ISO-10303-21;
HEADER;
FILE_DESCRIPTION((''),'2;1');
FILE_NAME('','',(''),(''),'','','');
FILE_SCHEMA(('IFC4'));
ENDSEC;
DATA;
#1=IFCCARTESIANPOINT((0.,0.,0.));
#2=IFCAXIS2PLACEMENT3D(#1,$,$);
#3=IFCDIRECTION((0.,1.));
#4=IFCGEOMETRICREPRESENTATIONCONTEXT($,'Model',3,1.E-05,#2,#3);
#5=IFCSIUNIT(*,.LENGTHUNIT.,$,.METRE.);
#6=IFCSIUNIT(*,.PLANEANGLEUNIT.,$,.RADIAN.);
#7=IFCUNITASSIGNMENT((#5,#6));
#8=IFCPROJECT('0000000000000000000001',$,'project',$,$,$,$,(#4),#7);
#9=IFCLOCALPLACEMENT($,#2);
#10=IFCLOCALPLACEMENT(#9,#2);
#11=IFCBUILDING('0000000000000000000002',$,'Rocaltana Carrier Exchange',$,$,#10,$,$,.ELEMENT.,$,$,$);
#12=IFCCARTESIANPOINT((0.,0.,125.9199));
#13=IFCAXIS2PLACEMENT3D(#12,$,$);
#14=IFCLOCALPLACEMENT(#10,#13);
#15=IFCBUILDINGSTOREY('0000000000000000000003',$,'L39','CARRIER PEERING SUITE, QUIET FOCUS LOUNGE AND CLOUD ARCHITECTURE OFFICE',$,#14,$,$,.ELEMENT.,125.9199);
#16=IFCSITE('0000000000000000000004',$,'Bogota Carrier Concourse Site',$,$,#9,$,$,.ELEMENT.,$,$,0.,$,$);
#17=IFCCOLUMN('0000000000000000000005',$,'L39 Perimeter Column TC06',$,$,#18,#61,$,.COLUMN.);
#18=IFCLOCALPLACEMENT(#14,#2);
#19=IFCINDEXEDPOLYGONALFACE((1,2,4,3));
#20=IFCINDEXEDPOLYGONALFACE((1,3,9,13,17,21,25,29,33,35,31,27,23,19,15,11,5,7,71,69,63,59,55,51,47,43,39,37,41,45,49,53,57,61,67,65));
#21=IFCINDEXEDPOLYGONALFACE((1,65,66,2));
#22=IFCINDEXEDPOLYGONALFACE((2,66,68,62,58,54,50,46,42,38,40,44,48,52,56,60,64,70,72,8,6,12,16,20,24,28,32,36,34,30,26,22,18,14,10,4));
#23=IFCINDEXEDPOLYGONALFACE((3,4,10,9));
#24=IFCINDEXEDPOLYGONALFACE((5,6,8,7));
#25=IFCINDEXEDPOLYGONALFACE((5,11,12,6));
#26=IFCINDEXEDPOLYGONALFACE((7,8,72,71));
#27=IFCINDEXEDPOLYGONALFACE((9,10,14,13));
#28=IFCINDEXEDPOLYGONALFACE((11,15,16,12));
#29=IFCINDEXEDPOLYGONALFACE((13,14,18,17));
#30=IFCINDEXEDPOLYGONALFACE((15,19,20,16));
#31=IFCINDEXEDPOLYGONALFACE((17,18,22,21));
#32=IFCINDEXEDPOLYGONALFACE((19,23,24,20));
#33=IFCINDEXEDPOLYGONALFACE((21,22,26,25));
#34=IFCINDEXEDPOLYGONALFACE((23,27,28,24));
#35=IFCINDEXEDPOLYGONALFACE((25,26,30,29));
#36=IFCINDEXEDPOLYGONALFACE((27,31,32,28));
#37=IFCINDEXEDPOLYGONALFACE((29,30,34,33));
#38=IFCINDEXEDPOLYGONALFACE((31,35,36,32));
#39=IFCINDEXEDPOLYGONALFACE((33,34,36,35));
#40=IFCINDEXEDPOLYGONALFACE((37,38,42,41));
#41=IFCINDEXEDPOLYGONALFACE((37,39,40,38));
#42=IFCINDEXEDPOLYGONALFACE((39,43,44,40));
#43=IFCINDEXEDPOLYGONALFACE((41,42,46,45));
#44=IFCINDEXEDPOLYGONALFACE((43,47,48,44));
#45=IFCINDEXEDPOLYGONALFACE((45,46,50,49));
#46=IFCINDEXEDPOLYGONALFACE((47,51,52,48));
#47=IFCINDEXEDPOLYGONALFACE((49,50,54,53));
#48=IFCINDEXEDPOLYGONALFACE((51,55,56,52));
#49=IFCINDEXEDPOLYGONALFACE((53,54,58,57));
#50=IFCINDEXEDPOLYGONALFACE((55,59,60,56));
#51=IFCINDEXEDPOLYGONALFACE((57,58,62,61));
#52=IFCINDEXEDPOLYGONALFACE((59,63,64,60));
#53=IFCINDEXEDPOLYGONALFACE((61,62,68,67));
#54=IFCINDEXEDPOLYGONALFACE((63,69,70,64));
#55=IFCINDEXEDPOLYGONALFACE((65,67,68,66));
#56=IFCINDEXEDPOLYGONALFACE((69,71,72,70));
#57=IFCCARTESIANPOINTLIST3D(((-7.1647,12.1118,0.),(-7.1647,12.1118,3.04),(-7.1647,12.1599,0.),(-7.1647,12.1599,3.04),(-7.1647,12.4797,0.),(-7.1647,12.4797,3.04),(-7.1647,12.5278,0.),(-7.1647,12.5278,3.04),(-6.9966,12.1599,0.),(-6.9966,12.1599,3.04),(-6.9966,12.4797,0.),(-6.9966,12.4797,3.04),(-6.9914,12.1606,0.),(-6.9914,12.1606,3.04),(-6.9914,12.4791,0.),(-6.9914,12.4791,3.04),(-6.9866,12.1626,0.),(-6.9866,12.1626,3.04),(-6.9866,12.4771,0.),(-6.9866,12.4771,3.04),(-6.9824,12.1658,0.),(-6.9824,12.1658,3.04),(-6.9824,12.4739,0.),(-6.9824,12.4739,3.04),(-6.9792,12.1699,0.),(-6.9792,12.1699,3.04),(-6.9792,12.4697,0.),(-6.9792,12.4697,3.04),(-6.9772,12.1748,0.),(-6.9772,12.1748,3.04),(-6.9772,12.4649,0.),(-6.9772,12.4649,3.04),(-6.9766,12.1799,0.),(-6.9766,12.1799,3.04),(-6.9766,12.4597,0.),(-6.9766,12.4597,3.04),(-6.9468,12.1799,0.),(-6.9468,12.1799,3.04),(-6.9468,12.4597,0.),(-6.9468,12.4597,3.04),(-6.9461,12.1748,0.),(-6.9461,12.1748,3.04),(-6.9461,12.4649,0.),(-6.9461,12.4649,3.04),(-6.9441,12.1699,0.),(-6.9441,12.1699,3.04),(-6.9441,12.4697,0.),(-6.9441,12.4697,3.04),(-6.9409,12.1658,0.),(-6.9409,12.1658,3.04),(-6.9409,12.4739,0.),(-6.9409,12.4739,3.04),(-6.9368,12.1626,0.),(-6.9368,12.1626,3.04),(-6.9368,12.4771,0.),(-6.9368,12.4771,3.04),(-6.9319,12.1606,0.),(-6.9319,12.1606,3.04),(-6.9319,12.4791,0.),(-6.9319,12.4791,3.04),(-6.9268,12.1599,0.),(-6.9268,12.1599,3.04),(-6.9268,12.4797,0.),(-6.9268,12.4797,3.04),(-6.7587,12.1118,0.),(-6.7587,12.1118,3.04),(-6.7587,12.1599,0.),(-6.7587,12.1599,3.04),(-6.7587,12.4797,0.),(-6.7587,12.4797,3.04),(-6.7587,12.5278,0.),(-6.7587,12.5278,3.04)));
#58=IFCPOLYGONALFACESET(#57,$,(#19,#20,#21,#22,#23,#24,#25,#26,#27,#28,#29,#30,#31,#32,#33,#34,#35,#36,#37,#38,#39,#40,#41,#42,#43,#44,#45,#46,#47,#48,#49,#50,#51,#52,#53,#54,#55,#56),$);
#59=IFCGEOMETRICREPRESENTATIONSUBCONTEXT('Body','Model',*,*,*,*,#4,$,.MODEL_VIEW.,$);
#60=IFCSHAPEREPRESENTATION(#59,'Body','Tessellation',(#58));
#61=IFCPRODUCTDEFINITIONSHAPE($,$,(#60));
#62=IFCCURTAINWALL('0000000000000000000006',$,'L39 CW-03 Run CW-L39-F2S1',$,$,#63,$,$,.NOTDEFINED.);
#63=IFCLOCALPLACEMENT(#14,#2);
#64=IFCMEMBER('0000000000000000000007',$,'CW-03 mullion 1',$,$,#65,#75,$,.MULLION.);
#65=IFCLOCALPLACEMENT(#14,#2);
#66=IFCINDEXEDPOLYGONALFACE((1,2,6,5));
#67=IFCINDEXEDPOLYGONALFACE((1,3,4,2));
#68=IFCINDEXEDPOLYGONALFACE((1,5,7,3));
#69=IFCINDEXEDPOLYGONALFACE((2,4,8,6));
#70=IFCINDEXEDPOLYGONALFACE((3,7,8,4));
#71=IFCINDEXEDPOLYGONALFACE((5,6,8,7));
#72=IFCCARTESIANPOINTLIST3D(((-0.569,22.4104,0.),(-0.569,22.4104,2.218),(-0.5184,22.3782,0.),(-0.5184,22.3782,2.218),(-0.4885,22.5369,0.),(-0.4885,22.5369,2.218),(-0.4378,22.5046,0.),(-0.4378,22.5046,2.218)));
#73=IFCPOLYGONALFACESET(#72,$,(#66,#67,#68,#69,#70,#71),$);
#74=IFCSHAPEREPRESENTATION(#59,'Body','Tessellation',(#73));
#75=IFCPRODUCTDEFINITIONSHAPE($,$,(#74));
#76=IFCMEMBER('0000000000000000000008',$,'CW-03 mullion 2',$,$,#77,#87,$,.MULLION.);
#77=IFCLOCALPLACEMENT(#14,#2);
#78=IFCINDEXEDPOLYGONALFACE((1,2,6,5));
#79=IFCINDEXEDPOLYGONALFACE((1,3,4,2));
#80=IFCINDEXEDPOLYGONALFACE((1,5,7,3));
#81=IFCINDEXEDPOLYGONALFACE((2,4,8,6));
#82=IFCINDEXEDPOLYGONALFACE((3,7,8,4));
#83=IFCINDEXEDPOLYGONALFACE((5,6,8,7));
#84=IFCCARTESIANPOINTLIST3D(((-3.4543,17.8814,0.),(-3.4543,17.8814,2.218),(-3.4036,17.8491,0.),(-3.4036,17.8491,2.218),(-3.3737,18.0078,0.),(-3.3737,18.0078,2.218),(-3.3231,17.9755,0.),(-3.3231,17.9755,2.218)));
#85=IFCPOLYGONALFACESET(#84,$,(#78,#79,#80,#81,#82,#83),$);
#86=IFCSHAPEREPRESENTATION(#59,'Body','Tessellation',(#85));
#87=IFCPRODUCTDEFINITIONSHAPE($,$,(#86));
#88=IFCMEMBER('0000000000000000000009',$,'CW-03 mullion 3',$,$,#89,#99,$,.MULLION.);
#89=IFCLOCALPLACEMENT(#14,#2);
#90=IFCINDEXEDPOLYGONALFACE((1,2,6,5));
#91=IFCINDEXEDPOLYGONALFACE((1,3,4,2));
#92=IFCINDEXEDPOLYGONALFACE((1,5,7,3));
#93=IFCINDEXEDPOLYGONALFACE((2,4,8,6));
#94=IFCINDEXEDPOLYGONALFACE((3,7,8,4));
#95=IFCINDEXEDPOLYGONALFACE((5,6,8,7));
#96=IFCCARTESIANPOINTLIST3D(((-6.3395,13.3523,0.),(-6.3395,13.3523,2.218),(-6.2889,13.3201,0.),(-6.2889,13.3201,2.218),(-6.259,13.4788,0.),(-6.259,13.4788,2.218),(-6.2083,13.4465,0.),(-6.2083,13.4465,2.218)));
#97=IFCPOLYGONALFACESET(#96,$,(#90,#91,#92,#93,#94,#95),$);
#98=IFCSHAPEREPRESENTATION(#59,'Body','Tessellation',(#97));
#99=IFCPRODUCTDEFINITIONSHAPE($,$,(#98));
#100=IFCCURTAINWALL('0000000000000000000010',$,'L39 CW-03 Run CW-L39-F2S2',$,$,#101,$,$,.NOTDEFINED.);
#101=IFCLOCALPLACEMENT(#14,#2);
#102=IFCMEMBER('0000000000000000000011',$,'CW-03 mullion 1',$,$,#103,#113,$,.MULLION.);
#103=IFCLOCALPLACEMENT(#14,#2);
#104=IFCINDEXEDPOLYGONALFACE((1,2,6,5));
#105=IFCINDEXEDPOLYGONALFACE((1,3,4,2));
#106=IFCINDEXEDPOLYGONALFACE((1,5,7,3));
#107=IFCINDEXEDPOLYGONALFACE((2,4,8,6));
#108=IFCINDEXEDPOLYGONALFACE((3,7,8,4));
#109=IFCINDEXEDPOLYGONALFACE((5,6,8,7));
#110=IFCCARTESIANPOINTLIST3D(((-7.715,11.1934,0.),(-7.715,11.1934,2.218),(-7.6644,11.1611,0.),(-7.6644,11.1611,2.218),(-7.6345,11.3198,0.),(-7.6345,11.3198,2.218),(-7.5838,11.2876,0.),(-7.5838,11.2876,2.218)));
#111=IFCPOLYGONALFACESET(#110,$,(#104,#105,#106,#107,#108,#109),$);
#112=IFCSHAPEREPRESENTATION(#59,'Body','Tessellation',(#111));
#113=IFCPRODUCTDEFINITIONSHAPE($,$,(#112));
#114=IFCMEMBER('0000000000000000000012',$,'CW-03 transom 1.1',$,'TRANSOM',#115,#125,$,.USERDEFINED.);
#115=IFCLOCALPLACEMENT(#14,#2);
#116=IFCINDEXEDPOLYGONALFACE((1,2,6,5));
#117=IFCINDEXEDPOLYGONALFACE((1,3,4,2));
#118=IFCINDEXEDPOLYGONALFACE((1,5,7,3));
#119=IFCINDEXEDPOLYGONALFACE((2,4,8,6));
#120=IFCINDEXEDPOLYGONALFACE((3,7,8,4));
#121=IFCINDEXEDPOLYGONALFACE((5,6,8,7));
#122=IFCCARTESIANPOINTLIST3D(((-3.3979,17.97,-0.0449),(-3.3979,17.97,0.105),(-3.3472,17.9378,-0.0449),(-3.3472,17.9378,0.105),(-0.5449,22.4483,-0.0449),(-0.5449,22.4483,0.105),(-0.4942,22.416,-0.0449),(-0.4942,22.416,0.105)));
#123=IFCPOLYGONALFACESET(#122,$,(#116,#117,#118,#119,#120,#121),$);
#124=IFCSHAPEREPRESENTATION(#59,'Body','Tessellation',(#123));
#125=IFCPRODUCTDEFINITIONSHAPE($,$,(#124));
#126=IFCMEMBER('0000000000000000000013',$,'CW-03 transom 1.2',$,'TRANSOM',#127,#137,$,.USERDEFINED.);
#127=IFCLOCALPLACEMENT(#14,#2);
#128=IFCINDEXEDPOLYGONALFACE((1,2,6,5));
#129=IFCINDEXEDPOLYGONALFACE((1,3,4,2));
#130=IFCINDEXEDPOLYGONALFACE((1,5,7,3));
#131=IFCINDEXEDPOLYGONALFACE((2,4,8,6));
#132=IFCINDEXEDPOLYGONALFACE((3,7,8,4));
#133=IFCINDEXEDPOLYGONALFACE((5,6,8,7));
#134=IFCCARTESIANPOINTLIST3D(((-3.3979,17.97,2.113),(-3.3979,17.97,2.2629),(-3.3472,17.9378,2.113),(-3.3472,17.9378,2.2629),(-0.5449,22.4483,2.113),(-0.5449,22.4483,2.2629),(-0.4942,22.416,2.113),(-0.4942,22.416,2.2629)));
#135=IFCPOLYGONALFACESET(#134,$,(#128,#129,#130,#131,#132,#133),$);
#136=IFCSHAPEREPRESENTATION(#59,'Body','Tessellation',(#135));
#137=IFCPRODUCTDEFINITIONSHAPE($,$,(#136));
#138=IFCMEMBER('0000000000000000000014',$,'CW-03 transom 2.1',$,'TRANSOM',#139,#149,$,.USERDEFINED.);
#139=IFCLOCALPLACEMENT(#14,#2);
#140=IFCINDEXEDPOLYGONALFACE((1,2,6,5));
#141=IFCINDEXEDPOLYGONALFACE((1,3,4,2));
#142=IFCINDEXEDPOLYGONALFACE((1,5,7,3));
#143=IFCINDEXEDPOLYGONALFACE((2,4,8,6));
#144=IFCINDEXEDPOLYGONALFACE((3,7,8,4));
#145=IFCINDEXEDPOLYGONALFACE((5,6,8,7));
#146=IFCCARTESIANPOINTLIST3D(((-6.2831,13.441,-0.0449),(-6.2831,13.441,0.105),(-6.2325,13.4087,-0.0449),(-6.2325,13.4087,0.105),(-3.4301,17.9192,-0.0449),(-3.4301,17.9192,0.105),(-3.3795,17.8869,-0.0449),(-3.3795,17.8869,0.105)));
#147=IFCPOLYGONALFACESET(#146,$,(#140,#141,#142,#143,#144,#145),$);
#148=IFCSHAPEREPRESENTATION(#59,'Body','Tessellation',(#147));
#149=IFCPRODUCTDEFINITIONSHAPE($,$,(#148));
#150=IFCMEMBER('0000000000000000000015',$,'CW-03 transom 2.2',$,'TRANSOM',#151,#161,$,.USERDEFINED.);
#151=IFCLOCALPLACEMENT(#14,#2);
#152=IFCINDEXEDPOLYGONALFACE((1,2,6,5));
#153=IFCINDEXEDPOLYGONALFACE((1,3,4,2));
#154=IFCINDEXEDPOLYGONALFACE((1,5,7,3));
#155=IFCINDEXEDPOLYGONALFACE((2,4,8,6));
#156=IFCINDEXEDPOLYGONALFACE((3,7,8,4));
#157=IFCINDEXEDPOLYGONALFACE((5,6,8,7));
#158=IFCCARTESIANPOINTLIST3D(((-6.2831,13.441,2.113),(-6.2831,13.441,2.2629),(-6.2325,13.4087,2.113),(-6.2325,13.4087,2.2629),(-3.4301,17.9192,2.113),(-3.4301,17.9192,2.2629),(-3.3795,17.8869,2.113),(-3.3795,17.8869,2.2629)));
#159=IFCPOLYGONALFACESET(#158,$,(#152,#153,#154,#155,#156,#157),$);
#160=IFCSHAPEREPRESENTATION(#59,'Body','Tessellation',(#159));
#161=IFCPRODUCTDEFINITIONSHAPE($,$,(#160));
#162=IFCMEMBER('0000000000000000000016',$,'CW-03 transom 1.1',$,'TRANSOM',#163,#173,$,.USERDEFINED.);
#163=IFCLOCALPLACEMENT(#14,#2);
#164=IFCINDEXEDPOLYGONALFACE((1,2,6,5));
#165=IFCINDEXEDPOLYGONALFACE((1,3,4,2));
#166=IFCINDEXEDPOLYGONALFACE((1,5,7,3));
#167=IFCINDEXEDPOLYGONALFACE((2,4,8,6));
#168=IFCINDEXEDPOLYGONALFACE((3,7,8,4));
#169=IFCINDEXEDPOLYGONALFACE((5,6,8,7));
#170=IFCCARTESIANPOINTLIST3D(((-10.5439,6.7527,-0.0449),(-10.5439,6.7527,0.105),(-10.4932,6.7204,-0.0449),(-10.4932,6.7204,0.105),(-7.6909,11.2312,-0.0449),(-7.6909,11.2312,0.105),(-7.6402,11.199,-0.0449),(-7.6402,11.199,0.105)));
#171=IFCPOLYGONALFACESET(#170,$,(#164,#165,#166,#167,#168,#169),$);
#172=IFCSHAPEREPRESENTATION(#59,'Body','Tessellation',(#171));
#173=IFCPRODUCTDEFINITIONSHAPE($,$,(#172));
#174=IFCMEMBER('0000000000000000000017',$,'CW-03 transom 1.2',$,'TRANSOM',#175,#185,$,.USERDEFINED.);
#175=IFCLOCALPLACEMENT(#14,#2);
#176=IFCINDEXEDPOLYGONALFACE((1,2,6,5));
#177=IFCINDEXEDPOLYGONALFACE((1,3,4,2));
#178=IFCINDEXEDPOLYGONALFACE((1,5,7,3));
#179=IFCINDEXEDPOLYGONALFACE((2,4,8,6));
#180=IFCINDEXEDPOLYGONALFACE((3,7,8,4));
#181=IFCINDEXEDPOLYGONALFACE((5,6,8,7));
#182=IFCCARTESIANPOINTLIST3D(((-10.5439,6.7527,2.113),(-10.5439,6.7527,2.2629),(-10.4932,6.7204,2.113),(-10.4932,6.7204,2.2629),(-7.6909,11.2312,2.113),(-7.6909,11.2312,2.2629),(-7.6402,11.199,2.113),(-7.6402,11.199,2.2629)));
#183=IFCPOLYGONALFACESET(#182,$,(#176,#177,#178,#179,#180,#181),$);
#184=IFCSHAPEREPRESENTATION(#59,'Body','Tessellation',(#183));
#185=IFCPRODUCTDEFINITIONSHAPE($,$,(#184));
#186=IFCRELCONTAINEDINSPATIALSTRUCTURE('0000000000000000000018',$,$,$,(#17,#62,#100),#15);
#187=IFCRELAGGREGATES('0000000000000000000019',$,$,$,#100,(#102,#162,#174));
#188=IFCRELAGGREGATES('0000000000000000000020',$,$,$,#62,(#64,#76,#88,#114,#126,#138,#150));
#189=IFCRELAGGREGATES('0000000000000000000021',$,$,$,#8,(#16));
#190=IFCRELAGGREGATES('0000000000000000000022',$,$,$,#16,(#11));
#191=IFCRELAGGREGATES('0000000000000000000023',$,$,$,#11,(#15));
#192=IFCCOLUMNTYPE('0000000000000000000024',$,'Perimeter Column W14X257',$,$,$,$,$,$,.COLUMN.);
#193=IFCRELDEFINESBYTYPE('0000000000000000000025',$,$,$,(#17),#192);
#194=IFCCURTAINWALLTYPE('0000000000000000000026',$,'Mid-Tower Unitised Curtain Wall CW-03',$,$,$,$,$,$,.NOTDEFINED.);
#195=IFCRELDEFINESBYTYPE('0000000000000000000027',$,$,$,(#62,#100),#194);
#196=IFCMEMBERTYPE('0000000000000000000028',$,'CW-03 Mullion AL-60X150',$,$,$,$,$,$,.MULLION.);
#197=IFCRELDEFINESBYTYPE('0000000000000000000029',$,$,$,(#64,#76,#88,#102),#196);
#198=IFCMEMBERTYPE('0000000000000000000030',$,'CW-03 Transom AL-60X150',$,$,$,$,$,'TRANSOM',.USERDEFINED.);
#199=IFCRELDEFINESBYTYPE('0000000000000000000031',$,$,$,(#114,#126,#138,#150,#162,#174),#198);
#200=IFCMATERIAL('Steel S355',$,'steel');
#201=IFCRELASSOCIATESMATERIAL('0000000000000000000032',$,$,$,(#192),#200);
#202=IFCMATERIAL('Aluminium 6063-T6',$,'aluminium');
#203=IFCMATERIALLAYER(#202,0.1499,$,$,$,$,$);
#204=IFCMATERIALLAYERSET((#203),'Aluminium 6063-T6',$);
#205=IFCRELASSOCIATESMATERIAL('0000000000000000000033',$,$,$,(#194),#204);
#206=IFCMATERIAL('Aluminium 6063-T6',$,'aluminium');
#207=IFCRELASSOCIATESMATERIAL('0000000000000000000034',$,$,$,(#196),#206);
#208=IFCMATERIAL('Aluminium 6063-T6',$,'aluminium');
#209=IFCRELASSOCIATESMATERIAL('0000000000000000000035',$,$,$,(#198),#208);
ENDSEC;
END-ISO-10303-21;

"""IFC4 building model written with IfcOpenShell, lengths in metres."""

from ifc_helpers import new_model, si_unit, direction, frame, origin, origin_2d, place, context, subcontext, project, spatial, rectangle, i_section, extrude, material, layer, layer_set, material_profile, profile_set, type_object, element, aggregate, save


model = new_model("IFC4")

# Units and contexts
model_context = context("Model", 3, precision=1e-05, world=origin(), true_north=direction((0.0, 1.0)))
body_context = subcontext(model_context, "Body", "Model", "MODEL_VIEW")
ifc_project = project(units=[si_unit("LENGTHUNIT", "METRE"), si_unit("PLANEANGLEUNIT", "RADIAN")], contexts=[model_context])

# Site, building, storey
site_placement = place(None, origin())
site = spatial("IfcSite", under=ifc_project, at=site_placement, Name="Bogota Carrier Concourse Site", CompositionType="ELEMENT", RefElevation=0.0)
building_placement = place(site_placement, origin())
building = spatial("IfcBuilding", under=site, at=building_placement, Name="Rocaltana Carrier Exchange", CompositionType="ELEMENT")
storey_placement = place(building_placement, frame((0.0, 0.0, 125.9199)))
storey = spatial("IfcBuildingStorey", under=building, at=storey_placement, Name="L39", Description="CARRIER PEERING SUITE, QUIET FOCUS LOUNGE AND CLOUD ARCHITECTURE OFFICE", CompositionType="ELEMENT", Elevation=125.9199)

# Column
ifc_material_1 = material(Name="Steel S355", Category="steel")
ifc_material_profile_1 = material_profile(ifc_material_1, i_section(OverallWidth=0.406, OverallDepth=0.416, WebThickness=0.0298, FlangeThickness=0.0481, FilletRadius=0.02, at=origin_2d()), Name="W14X257")
ifc_profile_set_1 = profile_set([ifc_material_profile_1], Name="Steel S355")
column_type = type_object("IfcColumnType", Name="Perimeter Column W14X257", PredefinedType="COLUMN", material=ifc_profile_set_1)
column_placement = place(storey_placement, frame((-6.9617, 12.3198, 0.0), z_axis=(0.0, 0.0, 1.0), x_axis=(1.0, 0.0, 0.0)))
element("IfcColumn", 1, at=column_placement, inside=storey, type_object=column_type, Name="L39 Perimeter Column TC06", PredefinedType="COLUMN", context=body_context, shape_type="SweptSolid", body=[
    extrude(i_section(OverallWidth=0.406, OverallDepth=0.416, WebThickness=0.0298, FlangeThickness=0.0481, FilletRadius=0.02, at=origin_2d()), origin(), (0.0, 0.0, 1.0), 3.04),
])

# Curtain wall, members
ifc_material_2 = material(Name="Aluminium 6063-T6", Category="aluminium")
ifc_layer_1 = layer(ifc_material_2, 0.1499)
ifc_layer_set_1 = layer_set([ifc_layer_1], Name="Aluminium 6063-T6")
curtain_wall_type = type_object("IfcCurtainWallType", Name="Mid-Tower Unitised Curtain Wall CW-03", PredefinedType="NOTDEFINED", material=ifc_layer_set_1)
curtain_wall_1_placement = place(storey_placement, origin())
curtain_wall_1 = element("IfcCurtainWall", 2, at=curtain_wall_1_placement, inside=storey, type_object=curtain_wall_type, Name="L39 CW-03 Run CW-L39-F2S1", PredefinedType="NOTDEFINED")
ifc_material_3 = material(Name="Aluminium 6063-T6", Category="aluminium")
ifc_material_profile_2 = material_profile(ifc_material_3, rectangle(XDim=0.0601, YDim=0.1499, at=origin_2d()), Name="AL-60X150")
ifc_profile_set_2 = profile_set([ifc_material_profile_2], Name="Aluminium 6063-T6")
member_type_1 = type_object("IfcMemberType", Name="CW-03 Mullion AL-60X150", PredefinedType="MULLION", material=ifc_profile_set_2)
member_1_placement = place(storey_placement, frame((-0.5034, 22.4575, 0.0), z_axis=(0.0, 0.0, 1.0), x_axis=(0.843391, -0.537301, 0.0)))
member_1 = element("IfcMember", 3, at=member_1_placement, type_object=member_type_1, Name="CW-03 mullion 1", PredefinedType="MULLION", context=body_context, shape_type="SweptSolid", body=[
    extrude(rectangle(XDim=0.0601, YDim=0.1499, at=origin_2d()), origin(), (0.0, 0.0, 1.0), 2.218),
])
member_2_placement = place(storey_placement, frame((-3.3887, 17.9285, 0.0), z_axis=(0.0, 0.0, 1.0), x_axis=(0.843391, -0.537301, 0.0)))
member_2 = element("IfcMember", 4, at=member_2_placement, type_object=member_type_1, Name="CW-03 mullion 2", PredefinedType="MULLION", context=body_context, shape_type="SweptSolid", body=[
    extrude(rectangle(XDim=0.0601, YDim=0.1499, at=origin_2d()), origin(), (0.0, 0.0, 1.0), 2.218),
])
member_3_placement = place(storey_placement, frame((-6.2739, 13.3994, 0.0), z_axis=(0.0, 0.0, 1.0), x_axis=(0.843391, -0.537301, 0.0)))
member_3 = element("IfcMember", 5, at=member_3_placement, type_object=member_type_1, Name="CW-03 mullion 3", PredefinedType="MULLION", context=body_context, shape_type="SweptSolid", body=[
    extrude(rectangle(XDim=0.0601, YDim=0.1499, at=origin_2d()), origin(), (0.0, 0.0, 1.0), 2.218),
])

# Curtain wall, member
curtain_wall_2_placement = place(storey_placement, origin())
curtain_wall_2 = element("IfcCurtainWall", 6, at=curtain_wall_2_placement, inside=storey, type_object=curtain_wall_type, Name="L39 CW-03 Run CW-L39-F2S2", PredefinedType="NOTDEFINED")
member_4_placement = place(storey_placement, frame((-7.6494, 11.2405, 0.0), z_axis=(0.0, 0.0, 1.0), x_axis=(0.843391, -0.537301, 0.0)))
member_4 = element("IfcMember", 7, at=member_4_placement, type_object=member_type_1, Name="CW-03 mullion 1", PredefinedType="MULLION", context=body_context, shape_type="SweptSolid", body=[
    extrude(rectangle(XDim=0.0601, YDim=0.1499, at=origin_2d()), origin(), (0.0, 0.0, 1.0), 2.218),
])

# Members
ifc_material_4 = material(Name="Aluminium 6063-T6", Category="aluminium")
ifc_material_profile_3 = material_profile(ifc_material_4, rectangle(XDim=0.0601, YDim=0.1499, at=origin_2d()), Name="AL-60X150")
ifc_profile_set_3 = profile_set([ifc_material_profile_3], Name="Aluminium 6063-T6")
member_type_2 = type_object("IfcMemberType", Name="CW-03 Transom AL-60X150", ElementType="TRANSOM", PredefinedType="USERDEFINED", material=ifc_profile_set_3)
member_5_placement = place(storey_placement, frame((-0.5195, 22.4321, 0.03), z_axis=(-0.537307, -0.843387, 0.0), x_axis=(0.843387, -0.537307, 0.0)))
member_5 = element("IfcMember", 8, at=member_5_placement, type_object=member_type_2, Name="CW-03 transom 1.1", ObjectType="TRANSOM", PredefinedType="USERDEFINED", context=body_context, shape_type="SweptSolid", body=[
    extrude(rectangle(XDim=0.0601, YDim=0.1499, at=origin_2d()), origin(), (0.0, 0.0, 1.0), 5.3098),
])
member_6_placement = place(storey_placement, frame((-0.5195, 22.4321, 2.188), z_axis=(-0.537307, -0.843387, 0.0), x_axis=(0.843387, -0.537307, 0.0)))
member_6 = element("IfcMember", 9, at=member_6_placement, type_object=member_type_2, Name="CW-03 transom 1.2", ObjectType="TRANSOM", PredefinedType="USERDEFINED", context=body_context, shape_type="SweptSolid", body=[
    extrude(rectangle(XDim=0.0601, YDim=0.1499, at=origin_2d()), origin(), (0.0, 0.0, 1.0), 5.3098),
])
member_7_placement = place(storey_placement, frame((-3.4048, 17.9031, 0.03), z_axis=(-0.537307, -0.843387, 0.0), x_axis=(0.843387, -0.537307, 0.0)))
member_7 = element("IfcMember", 10, at=member_7_placement, type_object=member_type_2, Name="CW-03 transom 2.1", ObjectType="TRANSOM", PredefinedType="USERDEFINED", context=body_context, shape_type="SweptSolid", body=[
    extrude(rectangle(XDim=0.0601, YDim=0.1499, at=origin_2d()), origin(), (0.0, 0.0, 1.0), 5.3098),
])
member_8_placement = place(storey_placement, frame((-3.4048, 17.9031, 2.188), z_axis=(-0.537307, -0.843387, 0.0), x_axis=(0.843387, -0.537307, 0.0)))
member_8 = element("IfcMember", 11, at=member_8_placement, type_object=member_type_2, Name="CW-03 transom 2.2", ObjectType="TRANSOM", PredefinedType="USERDEFINED", context=body_context, shape_type="SweptSolid", body=[
    extrude(rectangle(XDim=0.0601, YDim=0.1499, at=origin_2d()), origin(), (0.0, 0.0, 1.0), 5.3098),
])
member_9_placement = place(storey_placement, frame((-7.6655, 11.2151, 0.03), z_axis=(-0.537286, -0.8434, 0.0), x_axis=(0.8434, -0.537286, 0.0)))
member_9 = element("IfcMember", 12, at=member_9_placement, type_object=member_type_2, Name="CW-03 transom 1.1", ObjectType="TRANSOM", PredefinedType="USERDEFINED", context=body_context, shape_type="SweptSolid", body=[
    extrude(rectangle(XDim=0.0601, YDim=0.1499, at=origin_2d()), origin(), (0.0, 0.0, 1.0), 5.3101),
])
member_10_placement = place(storey_placement, frame((-7.6655, 11.2151, 2.188), z_axis=(-0.537286, -0.8434, 0.0), x_axis=(0.8434, -0.537286, 0.0)))
member_10 = element("IfcMember", 13, at=member_10_placement, type_object=member_type_2, Name="CW-03 transom 1.2", ObjectType="TRANSOM", PredefinedType="USERDEFINED", context=body_context, shape_type="SweptSolid", body=[
    extrude(rectangle(XDim=0.0601, YDim=0.1499, at=origin_2d()), origin(), (0.0, 0.0, 1.0), 5.3101),
])
aggregate(curtain_wall_2, [member_4, member_9, member_10])

aggregate(curtain_wall_1, [member_1, member_2, member_3, member_5, member_6, member_7, member_8])

save(model, "model.ifc")
